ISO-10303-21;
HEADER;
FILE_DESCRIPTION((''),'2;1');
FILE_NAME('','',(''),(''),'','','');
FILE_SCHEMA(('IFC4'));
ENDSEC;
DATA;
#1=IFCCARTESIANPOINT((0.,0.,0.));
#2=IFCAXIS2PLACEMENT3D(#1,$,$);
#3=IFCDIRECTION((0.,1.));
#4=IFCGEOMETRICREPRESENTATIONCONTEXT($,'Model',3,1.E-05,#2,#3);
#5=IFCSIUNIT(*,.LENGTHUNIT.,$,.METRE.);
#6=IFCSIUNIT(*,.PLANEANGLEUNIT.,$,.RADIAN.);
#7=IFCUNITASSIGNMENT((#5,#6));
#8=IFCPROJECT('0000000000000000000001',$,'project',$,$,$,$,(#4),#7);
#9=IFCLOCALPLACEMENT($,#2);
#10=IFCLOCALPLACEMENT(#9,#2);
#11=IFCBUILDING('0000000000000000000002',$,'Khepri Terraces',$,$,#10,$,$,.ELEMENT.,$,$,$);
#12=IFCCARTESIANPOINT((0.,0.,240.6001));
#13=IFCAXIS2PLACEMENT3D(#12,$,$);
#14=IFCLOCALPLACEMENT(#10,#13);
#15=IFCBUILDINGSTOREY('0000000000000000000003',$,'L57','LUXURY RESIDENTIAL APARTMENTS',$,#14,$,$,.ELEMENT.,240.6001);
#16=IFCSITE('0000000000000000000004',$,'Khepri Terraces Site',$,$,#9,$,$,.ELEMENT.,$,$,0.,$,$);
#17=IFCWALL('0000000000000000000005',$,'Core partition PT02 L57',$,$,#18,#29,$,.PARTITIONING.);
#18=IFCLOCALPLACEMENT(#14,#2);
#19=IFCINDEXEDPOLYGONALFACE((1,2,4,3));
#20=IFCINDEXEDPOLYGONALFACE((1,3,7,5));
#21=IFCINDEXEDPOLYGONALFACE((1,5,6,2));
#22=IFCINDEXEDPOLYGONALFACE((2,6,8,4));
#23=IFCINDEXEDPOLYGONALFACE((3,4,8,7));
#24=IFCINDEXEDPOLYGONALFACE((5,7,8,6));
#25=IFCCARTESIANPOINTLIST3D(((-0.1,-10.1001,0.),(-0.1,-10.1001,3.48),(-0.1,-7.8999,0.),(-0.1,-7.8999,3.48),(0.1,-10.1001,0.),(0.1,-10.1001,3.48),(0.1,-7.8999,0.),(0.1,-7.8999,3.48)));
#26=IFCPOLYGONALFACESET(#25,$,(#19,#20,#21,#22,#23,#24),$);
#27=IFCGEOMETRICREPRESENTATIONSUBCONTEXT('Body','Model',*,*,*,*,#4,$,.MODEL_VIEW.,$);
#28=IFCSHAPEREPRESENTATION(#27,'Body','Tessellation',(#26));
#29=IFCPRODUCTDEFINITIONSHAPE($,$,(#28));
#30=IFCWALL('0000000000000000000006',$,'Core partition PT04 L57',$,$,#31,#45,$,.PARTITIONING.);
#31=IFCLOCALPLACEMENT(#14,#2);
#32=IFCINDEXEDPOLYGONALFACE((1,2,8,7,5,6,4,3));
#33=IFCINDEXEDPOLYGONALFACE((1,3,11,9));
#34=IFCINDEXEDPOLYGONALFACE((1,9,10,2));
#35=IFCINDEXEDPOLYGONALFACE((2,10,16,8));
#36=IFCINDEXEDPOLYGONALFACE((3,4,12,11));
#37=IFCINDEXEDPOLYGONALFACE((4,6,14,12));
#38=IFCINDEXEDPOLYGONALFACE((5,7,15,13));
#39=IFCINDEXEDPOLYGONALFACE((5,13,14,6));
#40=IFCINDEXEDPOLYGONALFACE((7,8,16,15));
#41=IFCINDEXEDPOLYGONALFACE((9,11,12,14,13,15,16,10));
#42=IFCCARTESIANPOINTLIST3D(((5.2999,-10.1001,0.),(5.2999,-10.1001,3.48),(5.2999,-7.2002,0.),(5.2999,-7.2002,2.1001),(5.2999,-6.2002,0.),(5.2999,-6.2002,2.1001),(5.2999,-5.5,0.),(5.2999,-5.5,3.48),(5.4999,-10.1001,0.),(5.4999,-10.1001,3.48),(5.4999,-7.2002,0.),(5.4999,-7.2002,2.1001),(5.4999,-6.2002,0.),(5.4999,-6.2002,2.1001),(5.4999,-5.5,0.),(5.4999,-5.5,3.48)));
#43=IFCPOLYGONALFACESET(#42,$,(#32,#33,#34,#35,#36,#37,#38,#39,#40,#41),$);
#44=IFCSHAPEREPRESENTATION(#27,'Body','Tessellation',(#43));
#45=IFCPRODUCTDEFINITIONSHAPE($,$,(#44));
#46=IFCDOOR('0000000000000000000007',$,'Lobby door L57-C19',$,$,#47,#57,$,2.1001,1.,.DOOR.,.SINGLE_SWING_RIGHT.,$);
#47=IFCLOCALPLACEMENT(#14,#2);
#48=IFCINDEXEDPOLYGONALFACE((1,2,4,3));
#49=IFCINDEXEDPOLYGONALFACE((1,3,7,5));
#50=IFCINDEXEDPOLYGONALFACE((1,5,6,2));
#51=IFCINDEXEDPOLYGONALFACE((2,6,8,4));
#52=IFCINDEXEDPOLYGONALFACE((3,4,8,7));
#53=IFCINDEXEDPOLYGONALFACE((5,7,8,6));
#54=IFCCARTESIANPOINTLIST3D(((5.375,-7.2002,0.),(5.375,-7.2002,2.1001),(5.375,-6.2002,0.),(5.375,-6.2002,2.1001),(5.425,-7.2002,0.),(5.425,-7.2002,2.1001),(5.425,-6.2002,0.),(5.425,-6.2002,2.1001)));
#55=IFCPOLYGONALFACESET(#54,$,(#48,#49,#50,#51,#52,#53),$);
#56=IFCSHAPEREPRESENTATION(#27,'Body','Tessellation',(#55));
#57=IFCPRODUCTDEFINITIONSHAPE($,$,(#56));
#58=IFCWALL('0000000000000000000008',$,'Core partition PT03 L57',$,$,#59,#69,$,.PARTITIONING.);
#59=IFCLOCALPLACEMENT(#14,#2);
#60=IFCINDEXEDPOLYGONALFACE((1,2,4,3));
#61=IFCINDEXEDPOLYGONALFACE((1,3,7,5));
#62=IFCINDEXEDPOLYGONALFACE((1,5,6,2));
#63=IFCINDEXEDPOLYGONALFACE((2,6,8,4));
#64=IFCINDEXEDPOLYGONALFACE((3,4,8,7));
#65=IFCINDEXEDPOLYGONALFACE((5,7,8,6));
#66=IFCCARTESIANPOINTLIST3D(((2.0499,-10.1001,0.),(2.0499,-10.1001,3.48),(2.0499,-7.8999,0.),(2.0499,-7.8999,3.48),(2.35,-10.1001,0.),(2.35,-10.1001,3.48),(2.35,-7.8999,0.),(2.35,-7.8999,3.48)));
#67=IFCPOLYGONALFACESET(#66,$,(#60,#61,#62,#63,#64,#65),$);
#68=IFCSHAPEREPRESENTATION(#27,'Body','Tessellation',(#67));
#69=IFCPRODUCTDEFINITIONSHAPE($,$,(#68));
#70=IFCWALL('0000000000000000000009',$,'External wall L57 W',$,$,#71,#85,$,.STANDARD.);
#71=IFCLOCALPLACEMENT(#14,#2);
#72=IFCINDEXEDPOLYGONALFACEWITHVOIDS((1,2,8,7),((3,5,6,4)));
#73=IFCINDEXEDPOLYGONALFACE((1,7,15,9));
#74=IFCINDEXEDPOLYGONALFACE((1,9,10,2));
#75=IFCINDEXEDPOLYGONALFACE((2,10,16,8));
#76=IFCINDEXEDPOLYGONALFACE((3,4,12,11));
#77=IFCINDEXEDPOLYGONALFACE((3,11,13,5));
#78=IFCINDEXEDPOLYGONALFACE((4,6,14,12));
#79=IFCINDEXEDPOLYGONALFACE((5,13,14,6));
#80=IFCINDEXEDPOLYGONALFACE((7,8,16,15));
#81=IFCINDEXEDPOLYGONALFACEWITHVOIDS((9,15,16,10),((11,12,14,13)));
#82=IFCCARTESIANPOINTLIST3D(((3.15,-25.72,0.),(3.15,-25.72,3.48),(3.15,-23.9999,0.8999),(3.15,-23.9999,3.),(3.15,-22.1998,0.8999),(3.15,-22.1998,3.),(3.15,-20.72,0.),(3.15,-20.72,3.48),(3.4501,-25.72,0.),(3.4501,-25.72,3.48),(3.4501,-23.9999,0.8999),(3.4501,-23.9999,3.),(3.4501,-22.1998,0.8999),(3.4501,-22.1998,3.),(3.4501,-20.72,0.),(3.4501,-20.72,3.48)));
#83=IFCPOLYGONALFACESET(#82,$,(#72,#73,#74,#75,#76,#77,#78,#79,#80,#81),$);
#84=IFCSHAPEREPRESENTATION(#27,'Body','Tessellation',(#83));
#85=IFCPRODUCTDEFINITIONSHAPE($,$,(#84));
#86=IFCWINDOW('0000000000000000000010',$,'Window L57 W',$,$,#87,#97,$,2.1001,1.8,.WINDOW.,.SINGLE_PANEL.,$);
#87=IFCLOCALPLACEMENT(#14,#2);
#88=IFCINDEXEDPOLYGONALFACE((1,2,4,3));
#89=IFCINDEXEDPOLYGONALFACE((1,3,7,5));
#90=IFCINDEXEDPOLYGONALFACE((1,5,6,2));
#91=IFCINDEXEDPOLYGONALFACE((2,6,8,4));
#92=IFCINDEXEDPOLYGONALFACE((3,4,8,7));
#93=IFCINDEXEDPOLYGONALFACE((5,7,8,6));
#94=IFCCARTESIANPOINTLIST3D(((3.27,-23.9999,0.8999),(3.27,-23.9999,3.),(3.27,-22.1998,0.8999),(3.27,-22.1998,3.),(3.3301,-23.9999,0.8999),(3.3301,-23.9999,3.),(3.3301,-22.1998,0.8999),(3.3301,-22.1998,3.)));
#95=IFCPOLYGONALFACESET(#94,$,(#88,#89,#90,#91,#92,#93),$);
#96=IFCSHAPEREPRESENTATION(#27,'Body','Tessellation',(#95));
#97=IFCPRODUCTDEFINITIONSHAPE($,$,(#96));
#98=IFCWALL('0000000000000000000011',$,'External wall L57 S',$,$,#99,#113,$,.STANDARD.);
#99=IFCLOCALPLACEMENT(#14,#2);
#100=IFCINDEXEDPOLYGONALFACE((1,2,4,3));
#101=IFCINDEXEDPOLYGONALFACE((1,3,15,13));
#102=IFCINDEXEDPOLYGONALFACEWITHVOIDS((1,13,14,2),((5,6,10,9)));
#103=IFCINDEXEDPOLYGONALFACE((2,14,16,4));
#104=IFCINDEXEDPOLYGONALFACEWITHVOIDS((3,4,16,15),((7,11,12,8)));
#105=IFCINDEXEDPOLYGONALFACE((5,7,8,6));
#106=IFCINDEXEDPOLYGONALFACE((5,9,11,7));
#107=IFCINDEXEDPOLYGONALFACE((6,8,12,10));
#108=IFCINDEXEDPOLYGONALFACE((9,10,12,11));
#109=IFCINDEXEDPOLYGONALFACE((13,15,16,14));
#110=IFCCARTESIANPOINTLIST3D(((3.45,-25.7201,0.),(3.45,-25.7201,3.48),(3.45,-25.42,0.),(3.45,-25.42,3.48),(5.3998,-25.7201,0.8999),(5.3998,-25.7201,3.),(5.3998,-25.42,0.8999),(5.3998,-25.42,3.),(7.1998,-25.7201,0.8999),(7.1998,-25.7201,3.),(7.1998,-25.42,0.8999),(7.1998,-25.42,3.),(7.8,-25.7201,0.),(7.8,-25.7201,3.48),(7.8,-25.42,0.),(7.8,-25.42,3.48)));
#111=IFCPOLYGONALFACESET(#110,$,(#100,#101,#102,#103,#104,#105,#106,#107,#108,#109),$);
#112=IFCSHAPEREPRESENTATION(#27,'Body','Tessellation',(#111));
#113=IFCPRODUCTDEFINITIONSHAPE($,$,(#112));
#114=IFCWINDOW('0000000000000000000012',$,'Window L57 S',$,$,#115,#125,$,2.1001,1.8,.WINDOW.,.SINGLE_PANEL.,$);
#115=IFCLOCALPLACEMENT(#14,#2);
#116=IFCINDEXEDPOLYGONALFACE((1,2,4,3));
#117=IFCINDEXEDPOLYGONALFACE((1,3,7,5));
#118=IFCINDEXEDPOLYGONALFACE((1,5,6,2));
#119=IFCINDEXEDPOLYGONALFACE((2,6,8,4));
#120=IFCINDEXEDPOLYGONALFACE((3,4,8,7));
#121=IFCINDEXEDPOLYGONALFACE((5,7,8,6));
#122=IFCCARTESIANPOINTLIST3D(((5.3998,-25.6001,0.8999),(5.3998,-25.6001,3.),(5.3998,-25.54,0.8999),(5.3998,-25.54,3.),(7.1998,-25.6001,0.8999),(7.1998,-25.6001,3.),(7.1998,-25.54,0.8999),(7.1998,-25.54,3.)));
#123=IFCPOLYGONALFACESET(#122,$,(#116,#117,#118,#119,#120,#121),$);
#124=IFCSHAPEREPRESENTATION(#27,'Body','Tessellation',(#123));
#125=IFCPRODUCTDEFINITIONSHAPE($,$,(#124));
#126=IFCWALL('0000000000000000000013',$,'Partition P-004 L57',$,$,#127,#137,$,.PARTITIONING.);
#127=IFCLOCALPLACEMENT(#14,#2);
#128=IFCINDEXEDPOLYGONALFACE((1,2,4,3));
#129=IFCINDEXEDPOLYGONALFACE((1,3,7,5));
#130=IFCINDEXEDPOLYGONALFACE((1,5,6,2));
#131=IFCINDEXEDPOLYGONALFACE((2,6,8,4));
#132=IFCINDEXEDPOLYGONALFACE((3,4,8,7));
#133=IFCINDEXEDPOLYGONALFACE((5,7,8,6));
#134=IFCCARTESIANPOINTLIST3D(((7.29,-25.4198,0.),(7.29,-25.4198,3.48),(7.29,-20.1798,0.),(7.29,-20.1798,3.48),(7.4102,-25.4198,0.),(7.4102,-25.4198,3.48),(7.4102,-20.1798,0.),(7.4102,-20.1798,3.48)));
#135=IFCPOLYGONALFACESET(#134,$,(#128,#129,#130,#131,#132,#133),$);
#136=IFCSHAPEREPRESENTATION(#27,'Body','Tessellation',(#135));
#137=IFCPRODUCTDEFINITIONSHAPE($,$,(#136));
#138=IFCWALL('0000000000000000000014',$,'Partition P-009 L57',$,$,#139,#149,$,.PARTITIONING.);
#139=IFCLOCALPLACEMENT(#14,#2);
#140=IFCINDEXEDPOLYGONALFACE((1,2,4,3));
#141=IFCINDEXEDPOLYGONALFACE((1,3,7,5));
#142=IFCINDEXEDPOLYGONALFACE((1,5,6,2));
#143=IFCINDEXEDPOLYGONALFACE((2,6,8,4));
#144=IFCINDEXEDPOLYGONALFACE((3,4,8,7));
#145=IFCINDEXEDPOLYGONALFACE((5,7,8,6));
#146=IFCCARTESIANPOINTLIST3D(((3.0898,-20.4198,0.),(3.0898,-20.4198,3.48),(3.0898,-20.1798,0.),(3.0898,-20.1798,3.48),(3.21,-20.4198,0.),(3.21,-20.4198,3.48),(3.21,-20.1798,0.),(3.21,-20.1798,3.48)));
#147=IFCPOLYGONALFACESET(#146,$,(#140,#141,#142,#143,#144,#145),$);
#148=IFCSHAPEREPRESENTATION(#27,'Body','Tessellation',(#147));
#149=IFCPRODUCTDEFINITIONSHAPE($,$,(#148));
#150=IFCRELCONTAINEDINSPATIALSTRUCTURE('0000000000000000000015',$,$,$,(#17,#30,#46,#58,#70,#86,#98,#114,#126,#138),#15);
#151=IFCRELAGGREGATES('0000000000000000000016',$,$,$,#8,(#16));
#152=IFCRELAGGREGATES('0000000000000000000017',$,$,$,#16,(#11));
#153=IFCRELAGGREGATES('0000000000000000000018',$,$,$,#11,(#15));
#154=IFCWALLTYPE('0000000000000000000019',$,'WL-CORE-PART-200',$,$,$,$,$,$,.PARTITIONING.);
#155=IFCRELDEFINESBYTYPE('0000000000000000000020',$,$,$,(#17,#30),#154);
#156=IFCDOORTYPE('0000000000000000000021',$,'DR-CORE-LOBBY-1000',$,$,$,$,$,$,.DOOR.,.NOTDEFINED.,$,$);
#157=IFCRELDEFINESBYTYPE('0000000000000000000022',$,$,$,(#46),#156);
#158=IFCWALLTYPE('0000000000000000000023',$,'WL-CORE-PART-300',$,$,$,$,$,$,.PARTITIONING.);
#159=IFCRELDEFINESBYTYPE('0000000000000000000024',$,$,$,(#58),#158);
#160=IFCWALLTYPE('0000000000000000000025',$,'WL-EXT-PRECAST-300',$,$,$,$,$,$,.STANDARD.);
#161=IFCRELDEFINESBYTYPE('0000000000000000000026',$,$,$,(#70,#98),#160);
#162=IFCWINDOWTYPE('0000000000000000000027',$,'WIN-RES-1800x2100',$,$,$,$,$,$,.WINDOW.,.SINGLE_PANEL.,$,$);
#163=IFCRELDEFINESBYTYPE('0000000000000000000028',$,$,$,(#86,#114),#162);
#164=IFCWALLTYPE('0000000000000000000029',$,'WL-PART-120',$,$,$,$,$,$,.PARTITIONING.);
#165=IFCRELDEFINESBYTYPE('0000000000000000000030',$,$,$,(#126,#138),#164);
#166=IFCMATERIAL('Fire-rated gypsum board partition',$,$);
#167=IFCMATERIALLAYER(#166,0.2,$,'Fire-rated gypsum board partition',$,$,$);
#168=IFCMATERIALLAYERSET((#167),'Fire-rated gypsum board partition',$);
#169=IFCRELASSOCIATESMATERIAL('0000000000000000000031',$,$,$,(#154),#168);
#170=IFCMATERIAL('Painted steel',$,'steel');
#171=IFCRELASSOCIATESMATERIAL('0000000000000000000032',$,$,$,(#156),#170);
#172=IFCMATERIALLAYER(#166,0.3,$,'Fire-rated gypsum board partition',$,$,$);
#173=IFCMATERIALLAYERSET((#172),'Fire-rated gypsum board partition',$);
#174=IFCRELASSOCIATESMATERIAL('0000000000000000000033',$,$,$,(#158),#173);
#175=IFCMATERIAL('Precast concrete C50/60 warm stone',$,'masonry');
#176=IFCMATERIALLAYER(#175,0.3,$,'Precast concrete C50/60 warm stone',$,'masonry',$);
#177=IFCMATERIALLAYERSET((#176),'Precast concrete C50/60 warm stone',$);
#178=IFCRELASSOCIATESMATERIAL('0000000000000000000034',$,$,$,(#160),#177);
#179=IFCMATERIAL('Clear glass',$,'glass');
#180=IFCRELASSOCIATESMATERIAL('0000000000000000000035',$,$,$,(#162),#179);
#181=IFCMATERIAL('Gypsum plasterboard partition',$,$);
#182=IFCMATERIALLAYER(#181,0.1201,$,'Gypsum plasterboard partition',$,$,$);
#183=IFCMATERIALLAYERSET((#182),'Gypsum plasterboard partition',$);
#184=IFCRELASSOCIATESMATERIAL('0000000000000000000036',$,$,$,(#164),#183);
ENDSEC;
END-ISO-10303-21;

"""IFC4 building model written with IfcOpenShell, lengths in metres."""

from ifc_helpers import new_model, si_unit, direction, frame, frame_2d, origin, place, context, subcontext, project, spatial, rectangle, extrude, material, layer, layer_set, type_object, element, fill, save


model = new_model("IFC4")

# Units and contexts
model_context = context("Model", 3, precision=1e-05, world=origin(), true_north=direction((0.0, 1.0)))
body_context = subcontext(model_context, "Body", "Model", "MODEL_VIEW")
ifc_project = project(units=[si_unit("LENGTHUNIT", "METRE"), si_unit("PLANEANGLEUNIT", "RADIAN")], contexts=[model_context])

# Site, building, storey
site_placement = place(None, origin())
site = spatial("IfcSite", under=ifc_project, at=site_placement, Name="Khepri Terraces Site", CompositionType="ELEMENT", RefElevation=0.0)
building_placement = place(site_placement, origin())
building = spatial("IfcBuilding", under=site, at=building_placement, Name="Khepri Terraces", CompositionType="ELEMENT")
storey_placement = place(building_placement, frame((0.0, 0.0, 240.6001)))
storey = spatial("IfcBuildingStorey", under=building, at=storey_placement, Name="L57", Description="LUXURY RESIDENTIAL APARTMENTS", CompositionType="ELEMENT", Elevation=240.6001)

# Wall
ifc_material_1 = material(Name="Fire-rated gypsum board partition")
ifc_layer_1 = layer(ifc_material_1, 0.2, Name="Fire-rated gypsum board partition")
ifc_layer_set_1 = layer_set([ifc_layer_1], Name="Fire-rated gypsum board partition")
wall_type_1 = type_object("IfcWallType", Name="WL-CORE-PART-200", PredefinedType="PARTITIONING", material=ifc_layer_set_1)
wall_1_placement = place(storey_placement, frame((0.0, -10.1001, 0.0), z_axis=(0.0, 0.0, 1.0), x_axis=(0.0, 1.0, 0.0)))
element("IfcWall", 1, at=wall_1_placement, inside=storey, type_object=wall_type_1, Name="Core partition PT02 L57", PredefinedType="PARTITIONING", context=body_context, shape_type="SweptSolid", body=[
    extrude(rectangle(XDim=2.2002, YDim=0.2, at=frame_2d((1.1001, 0.0))), origin(), (0.0, 0.0, 1.0), 3.48),
])

# Wall, opening, door
wall_2_placement = place(storey_placement, frame((5.3999, -10.1001, 0.0), z_axis=(0.0, 0.0, 1.0), x_axis=(0.0, 1.0, 0.0)))
wall_2 = element("IfcWall", 2, at=wall_2_placement, inside=storey, type_object=wall_type_1, Name="Core partition PT04 L57", PredefinedType="PARTITIONING", context=body_context, shape_type="SweptSolid", body=[
    extrude(rectangle(XDim=4.6001, YDim=0.2, at=frame_2d((2.3, 0.0))), origin(), (0.0, 0.0, 1.0), 3.48),
])
opening_1_placement = place(wall_2_placement, frame((2.8999, 0.0, 0.0)))
opening_1 = element("IfcOpeningElement", 3, at=opening_1_placement, cuts=wall_2, PredefinedType="OPENING", context=body_context, shape_type="SweptSolid", body=[
    extrude(rectangle(XDim=1.0, YDim=2.1001, at=frame_2d((0.5, 1.05))), frame((0.0, 0.1099, 0.0), z_axis=(0.0, -1.0, 0.0), x_axis=(1.0, 0.0, 0.0)), (0.0, 0.0, 1.0), 0.22),
])
ifc_material_2 = material(Name="Painted steel", Category="steel")
door_type_1 = type_object("IfcDoorType", Name="DR-CORE-LOBBY-1000", OperationType="NOTDEFINED", PredefinedType="DOOR", material=ifc_material_2)
door_1_placement = place(opening_1_placement, origin())
door_1 = element("IfcDoor", 4, at=door_1_placement, inside=storey, type_object=door_type_1, Name="Lobby door L57-C19", OperationType="SINGLE_SWING_RIGHT", OverallHeight=2.1001, OverallWidth=1.0, PredefinedType="DOOR", context=body_context, shape_type="SweptSolid", body=[
    extrude(rectangle(XDim=1.0, YDim=2.1001, at=frame_2d((0.5, 1.05))), frame((0.0, 0.0249, 0.0), z_axis=(0.0, -1.0, 0.0), x_axis=(1.0, 0.0, 0.0)), (0.0, 0.0, 1.0), 0.05),
])
fill(opening_1, door_1)

# Wall
ifc_layer_2 = layer(ifc_material_1, 0.3, Name="Fire-rated gypsum board partition")
ifc_layer_set_2 = layer_set([ifc_layer_2], Name="Fire-rated gypsum board partition")
wall_type_2 = type_object("IfcWallType", Name="WL-CORE-PART-300", PredefinedType="PARTITIONING", material=ifc_layer_set_2)
wall_3_placement = place(storey_placement, frame((2.2, -10.1001, 0.0), z_axis=(0.0, 0.0, 1.0), x_axis=(0.0, 1.0, 0.0)))
element("IfcWall", 5, at=wall_3_placement, inside=storey, type_object=wall_type_2, Name="Core partition PT03 L57", PredefinedType="PARTITIONING", context=body_context, shape_type="SweptSolid", body=[
    extrude(rectangle(XDim=2.2002, YDim=0.3, at=frame_2d((1.1001, 0.0))), origin(), (0.0, 0.0, 1.0), 3.48),
])

# Walls, openings, windows
ifc_material_3 = material(Name="Precast concrete C50/60 warm stone", Category="masonry")
ifc_layer_3 = layer(ifc_material_3, 0.3, Name="Precast concrete C50/60 warm stone", Category="masonry")
ifc_layer_set_3 = layer_set([ifc_layer_3], Name="Precast concrete C50/60 warm stone")
wall_type_3 = type_object("IfcWallType", Name="WL-EXT-PRECAST-300", PredefinedType="STANDARD", material=ifc_layer_set_3)
wall_4_placement = place(storey_placement, frame((3.3, -20.72, 0.0), z_axis=(0.0, 0.0, 1.0), x_axis=(0.0, -1.0, 0.0)))
wall_4 = element("IfcWall", 6, at=wall_4_placement, inside=storey, type_object=wall_type_3, Name="External wall L57 W", PredefinedType="STANDARD", context=body_context, shape_type="SweptSolid", body=[
    extrude(rectangle(XDim=5.0, YDim=0.3, at=frame_2d((2.5, 0.0))), origin(), (0.0, 0.0, 1.0), 3.48),
])
opening_2_placement = place(wall_4_placement, frame((1.48, 0.0, 0.8999)))
opening_2 = element("IfcOpeningElement", 7, at=opening_2_placement, cuts=wall_4, PredefinedType="OPENING", context=body_context, shape_type="SweptSolid", body=[
    extrude(rectangle(XDim=1.8, YDim=2.1001, at=frame_2d((0.8999, 1.05))), frame((0.0, 0.1602, 0.0), z_axis=(0.0, -1.0, 0.0), x_axis=(1.0, 0.0, 0.0)), (0.0, 0.0, 1.0), 0.3201),
])
ifc_material_4 = material(Name="Clear glass", Category="glass")
window_type = type_object("IfcWindowType", Name="WIN-RES-1800x2100", PartitioningType="SINGLE_PANEL", PredefinedType="WINDOW", material=ifc_material_4)
window_1_placement = place(opening_2_placement, origin())
window_1 = element("IfcWindow", 8, at=window_1_placement, inside=storey, type_object=window_type, Name="Window L57 W", OverallHeight=2.1001, OverallWidth=1.8, PartitioningType="SINGLE_PANEL", PredefinedType="WINDOW", context=body_context, shape_type="SweptSolid", body=[
    extrude(rectangle(XDim=1.8, YDim=2.1001, at=frame_2d((0.8999, 1.05))), frame((0.0, 0.03, 0.0), z_axis=(0.0, -1.0, 0.0), x_axis=(1.0, 0.0, 0.0)), (0.0, 0.0, 1.0), 0.0601),
])
fill(opening_2, window_1)
wall_5_placement = place(storey_placement, frame((3.45, -25.5701, 0.0), z_axis=(0.0, 0.0, 1.0), x_axis=(1.0, 0.0, 0.0)))
wall_5 = element("IfcWall", 9, at=wall_5_placement, inside=storey, type_object=wall_type_3, Name="External wall L57 S", PredefinedType="STANDARD", context=body_context, shape_type="SweptSolid", body=[
    extrude(rectangle(XDim=4.3501, YDim=0.3, at=frame_2d((2.175, 0.0))), origin(), (0.0, 0.0, 1.0), 3.48),
])
opening_3_placement = place(wall_5_placement, frame((1.95, 0.0, 0.8999)))
opening_3 = element("IfcOpeningElement", 10, at=opening_3_placement, cuts=wall_5, PredefinedType="OPENING", context=body_context, shape_type="SweptSolid", body=[
    extrude(rectangle(XDim=1.8, YDim=2.1001, at=frame_2d((0.8999, 1.05))), frame((0.0, 0.1602, 0.0), z_axis=(0.0, -1.0, 0.0), x_axis=(1.0, 0.0, 0.0)), (0.0, 0.0, 1.0), 0.3201),
])
window_2_placement = place(opening_3_placement, origin())
window_2 = element("IfcWindow", 11, at=window_2_placement, inside=storey, type_object=window_type, Name="Window L57 S", OverallHeight=2.1001, OverallWidth=1.8, PartitioningType="SINGLE_PANEL", PredefinedType="WINDOW", context=body_context, shape_type="SweptSolid", body=[
    extrude(rectangle(XDim=1.8, YDim=2.1001, at=frame_2d((0.8999, 1.05))), frame((0.0, 0.03, 0.0), z_axis=(0.0, -1.0, 0.0), x_axis=(1.0, 0.0, 0.0)), (0.0, 0.0, 1.0), 0.0601),
])
fill(opening_3, window_2)

# Walls
ifc_material_5 = material(Name="Gypsum plasterboard partition")
ifc_layer_4 = layer(ifc_material_5, 0.1201, Name="Gypsum plasterboard partition")
ifc_layer_set_4 = layer_set([ifc_layer_4], Name="Gypsum plasterboard partition")
wall_type_4 = type_object("IfcWallType", Name="WL-PART-120", PredefinedType="PARTITIONING", material=ifc_layer_set_4)
wall_6_placement = place(storey_placement, frame((7.3501, -25.4199, 0.0), z_axis=(0.0, 0.0, 1.0), x_axis=(0.0, 1.0, 0.0)))
element("IfcWall", 12, at=wall_6_placement, inside=storey, type_object=wall_type_4, Name="Partition P-004 L57", PredefinedType="PARTITIONING", context=body_context, shape_type="SweptSolid", body=[
    extrude(rectangle(XDim=5.24, YDim=0.1201, at=frame_2d((2.6201, 0.0))), origin(), (0.0, 0.0, 1.0), 3.48),
])
wall_7_placement = place(storey_placement, frame((3.1499, -20.4199, 0.0), z_axis=(0.0, 0.0, 1.0), x_axis=(0.0, 1.0, 0.0)))
element("IfcWall", 13, at=wall_7_placement, inside=storey, type_object=wall_type_4, Name="Partition P-009 L57", PredefinedType="PARTITIONING", context=body_context, shape_type="SweptSolid", body=[
    extrude(rectangle(XDim=0.24, YDim=0.1201, at=frame_2d((0.1201, 0.0))), origin(), (0.0, 0.0, 1.0), 3.48),
])

save(model, "model.ifc")
